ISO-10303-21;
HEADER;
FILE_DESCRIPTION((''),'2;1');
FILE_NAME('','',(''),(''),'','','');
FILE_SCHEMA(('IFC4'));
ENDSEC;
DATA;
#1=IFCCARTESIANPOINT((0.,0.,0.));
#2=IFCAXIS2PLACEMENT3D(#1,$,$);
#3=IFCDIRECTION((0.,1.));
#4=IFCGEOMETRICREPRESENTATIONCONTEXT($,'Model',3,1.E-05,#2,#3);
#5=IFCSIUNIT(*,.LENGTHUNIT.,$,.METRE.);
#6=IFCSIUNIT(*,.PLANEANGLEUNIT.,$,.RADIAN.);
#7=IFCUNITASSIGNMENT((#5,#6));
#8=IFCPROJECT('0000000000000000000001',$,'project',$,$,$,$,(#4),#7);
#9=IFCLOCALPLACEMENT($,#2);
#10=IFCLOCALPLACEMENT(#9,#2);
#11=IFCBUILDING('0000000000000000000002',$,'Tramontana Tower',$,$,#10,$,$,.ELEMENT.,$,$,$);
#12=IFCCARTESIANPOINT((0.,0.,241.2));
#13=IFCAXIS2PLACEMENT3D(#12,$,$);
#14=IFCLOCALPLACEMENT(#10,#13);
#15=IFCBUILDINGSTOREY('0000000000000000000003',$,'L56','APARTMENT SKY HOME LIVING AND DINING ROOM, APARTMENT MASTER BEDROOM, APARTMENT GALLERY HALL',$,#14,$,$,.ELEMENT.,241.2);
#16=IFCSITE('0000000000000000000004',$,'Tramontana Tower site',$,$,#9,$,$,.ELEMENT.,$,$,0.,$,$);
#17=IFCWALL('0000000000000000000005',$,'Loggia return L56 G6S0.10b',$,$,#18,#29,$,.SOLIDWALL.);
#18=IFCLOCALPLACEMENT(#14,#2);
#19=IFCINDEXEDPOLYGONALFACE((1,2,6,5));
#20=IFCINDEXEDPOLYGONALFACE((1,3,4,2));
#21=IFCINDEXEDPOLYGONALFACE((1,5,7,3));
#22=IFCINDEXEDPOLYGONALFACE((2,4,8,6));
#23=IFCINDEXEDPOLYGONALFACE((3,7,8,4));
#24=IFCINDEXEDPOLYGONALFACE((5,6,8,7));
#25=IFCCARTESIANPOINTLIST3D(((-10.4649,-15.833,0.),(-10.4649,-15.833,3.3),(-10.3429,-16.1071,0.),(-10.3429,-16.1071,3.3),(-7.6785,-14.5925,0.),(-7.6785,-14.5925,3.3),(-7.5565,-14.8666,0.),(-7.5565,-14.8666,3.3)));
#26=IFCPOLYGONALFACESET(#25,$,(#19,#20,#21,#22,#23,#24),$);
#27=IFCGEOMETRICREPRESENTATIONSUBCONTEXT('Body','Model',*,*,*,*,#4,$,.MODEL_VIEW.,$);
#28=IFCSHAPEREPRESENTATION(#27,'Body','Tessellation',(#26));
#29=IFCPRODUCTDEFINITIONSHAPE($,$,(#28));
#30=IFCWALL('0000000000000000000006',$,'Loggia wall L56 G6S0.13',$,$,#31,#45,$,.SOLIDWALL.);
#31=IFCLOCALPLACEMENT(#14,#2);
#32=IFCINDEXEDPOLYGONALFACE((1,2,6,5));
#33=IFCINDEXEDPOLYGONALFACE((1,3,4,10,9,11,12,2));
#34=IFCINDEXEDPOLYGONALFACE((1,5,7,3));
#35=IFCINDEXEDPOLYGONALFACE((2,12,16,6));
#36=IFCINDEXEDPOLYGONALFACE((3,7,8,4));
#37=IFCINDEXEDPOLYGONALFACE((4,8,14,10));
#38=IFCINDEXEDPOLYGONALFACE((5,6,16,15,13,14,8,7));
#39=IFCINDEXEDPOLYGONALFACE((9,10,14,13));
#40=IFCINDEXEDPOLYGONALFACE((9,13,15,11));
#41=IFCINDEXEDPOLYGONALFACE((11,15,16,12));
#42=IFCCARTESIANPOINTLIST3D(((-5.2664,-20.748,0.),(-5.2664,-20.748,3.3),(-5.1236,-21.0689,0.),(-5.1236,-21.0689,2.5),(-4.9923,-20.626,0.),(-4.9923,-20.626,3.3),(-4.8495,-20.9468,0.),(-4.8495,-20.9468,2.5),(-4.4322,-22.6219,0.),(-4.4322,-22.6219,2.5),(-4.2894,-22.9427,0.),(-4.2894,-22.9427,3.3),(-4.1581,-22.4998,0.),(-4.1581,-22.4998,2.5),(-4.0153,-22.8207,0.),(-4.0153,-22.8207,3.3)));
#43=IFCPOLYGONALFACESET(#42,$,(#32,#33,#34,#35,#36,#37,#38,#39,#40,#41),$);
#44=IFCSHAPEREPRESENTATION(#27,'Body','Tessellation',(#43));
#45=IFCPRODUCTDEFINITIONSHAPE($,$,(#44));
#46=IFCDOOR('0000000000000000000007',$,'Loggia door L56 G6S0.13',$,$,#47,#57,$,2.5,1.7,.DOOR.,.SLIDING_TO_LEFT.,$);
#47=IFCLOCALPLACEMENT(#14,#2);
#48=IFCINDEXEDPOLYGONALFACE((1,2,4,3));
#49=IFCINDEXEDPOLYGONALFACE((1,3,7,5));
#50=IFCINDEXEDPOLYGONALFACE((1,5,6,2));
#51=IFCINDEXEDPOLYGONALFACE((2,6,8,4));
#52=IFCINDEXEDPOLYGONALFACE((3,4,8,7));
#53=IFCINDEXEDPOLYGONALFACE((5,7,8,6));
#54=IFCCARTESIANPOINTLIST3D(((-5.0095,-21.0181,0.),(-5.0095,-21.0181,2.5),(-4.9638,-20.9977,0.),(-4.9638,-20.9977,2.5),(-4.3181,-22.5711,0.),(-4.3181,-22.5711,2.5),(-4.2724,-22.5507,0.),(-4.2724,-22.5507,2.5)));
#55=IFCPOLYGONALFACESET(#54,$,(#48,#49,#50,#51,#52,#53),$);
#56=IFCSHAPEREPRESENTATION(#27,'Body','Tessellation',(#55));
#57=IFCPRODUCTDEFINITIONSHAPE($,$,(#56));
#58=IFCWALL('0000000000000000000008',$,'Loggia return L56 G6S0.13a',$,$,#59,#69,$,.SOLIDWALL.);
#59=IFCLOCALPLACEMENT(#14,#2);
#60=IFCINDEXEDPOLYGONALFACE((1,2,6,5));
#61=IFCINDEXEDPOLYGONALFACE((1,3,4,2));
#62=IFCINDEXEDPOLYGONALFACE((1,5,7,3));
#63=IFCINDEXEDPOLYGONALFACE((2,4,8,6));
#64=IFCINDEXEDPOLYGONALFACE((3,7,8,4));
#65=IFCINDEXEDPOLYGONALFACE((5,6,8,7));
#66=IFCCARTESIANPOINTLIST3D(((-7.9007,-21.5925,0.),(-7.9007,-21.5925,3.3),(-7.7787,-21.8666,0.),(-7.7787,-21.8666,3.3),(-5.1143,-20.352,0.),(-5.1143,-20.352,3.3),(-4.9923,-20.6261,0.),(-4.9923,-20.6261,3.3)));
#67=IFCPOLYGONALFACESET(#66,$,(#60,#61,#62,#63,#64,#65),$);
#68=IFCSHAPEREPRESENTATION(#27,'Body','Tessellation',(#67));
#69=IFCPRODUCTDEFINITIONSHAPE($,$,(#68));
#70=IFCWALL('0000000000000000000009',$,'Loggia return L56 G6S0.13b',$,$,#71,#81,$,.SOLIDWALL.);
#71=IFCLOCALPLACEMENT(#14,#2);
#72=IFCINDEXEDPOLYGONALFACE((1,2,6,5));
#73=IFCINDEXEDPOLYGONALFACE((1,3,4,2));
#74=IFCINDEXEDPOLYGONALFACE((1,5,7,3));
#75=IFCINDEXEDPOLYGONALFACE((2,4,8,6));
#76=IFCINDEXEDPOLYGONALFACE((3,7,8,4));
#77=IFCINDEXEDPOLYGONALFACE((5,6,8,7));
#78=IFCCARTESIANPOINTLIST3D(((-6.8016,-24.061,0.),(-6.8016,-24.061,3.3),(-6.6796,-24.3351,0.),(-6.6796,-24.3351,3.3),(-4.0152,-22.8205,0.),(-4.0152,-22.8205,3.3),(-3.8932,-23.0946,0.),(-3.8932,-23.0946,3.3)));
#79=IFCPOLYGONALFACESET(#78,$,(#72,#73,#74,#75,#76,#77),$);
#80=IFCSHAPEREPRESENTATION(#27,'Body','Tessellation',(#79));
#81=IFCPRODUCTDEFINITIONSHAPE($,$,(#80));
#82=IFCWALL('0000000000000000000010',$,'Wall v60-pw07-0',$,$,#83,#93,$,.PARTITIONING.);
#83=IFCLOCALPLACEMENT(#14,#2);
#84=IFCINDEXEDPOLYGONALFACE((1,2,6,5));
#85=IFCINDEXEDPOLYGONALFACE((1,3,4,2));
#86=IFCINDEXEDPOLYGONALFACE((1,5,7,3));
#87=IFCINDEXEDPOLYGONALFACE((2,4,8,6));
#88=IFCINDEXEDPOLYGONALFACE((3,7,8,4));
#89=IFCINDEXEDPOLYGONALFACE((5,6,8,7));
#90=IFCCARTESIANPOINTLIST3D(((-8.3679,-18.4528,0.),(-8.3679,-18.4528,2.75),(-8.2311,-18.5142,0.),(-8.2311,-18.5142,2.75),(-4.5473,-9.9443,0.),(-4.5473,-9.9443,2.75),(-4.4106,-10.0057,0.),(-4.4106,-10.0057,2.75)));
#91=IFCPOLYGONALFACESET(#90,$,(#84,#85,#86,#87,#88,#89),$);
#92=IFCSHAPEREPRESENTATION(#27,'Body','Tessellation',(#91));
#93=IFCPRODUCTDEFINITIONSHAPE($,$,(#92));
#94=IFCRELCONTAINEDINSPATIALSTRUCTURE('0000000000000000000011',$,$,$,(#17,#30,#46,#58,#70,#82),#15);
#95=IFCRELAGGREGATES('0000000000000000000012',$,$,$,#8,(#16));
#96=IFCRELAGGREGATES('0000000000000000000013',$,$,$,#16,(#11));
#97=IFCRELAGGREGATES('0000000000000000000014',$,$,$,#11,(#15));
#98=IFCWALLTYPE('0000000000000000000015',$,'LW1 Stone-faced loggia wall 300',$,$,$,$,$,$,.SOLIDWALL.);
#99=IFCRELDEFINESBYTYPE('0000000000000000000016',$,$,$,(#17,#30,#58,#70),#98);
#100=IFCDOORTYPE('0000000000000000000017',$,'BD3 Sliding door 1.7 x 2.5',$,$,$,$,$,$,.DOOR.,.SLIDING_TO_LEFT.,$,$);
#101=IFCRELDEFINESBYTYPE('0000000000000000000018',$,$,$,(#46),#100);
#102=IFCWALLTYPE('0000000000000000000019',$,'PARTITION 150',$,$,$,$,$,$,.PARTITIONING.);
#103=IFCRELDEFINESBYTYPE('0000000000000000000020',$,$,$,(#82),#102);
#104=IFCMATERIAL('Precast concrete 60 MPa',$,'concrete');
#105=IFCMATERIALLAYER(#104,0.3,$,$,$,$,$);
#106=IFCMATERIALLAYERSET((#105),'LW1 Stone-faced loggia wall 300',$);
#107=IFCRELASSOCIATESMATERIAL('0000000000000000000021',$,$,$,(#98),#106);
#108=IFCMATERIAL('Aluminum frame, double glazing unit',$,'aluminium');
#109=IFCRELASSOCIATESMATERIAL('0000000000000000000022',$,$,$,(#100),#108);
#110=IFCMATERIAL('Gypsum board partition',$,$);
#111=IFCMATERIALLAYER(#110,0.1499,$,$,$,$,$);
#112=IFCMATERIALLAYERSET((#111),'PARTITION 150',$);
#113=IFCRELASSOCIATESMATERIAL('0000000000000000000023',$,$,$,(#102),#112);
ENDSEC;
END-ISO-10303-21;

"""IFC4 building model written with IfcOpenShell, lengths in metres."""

from ifc_helpers import new_model, si_unit, direction, frame, frame_2d, origin, place, context, subcontext, project, spatial, rectangle, extrude, material, layer, layer_set, type_object, element, fill, save


model = new_model("IFC4")

# Units and contexts
model_context = context("Model", 3, precision=1e-05, world=origin(), true_north=direction((0.0, 1.0)))
body_context = subcontext(model_context, "Body", "Model", "MODEL_VIEW")
ifc_project = project(units=[si_unit("LENGTHUNIT", "METRE"), si_unit("PLANEANGLEUNIT", "RADIAN")], contexts=[model_context])

# Site, building, storey
site_placement = place(None, origin())
site = spatial("IfcSite", under=ifc_project, at=site_placement, Name="Tramontana Tower site", CompositionType="ELEMENT", RefElevation=0.0)
building_placement = place(site_placement, origin())
building = spatial("IfcBuilding", under=site, at=building_placement, Name="Tramontana Tower", CompositionType="ELEMENT")
storey_placement = place(building_placement, frame((0.0, 0.0, 241.2)))
storey = spatial("IfcBuildingStorey", under=building, at=storey_placement, Name="L56", Description="APARTMENT SKY HOME LIVING AND DINING ROOM, APARTMENT MASTER BEDROOM, APARTMENT GALLERY HALL", CompositionType="ELEMENT", Elevation=241.2)

# Wall
ifc_material_1 = material(Name="Precast concrete 60 MPa", Category="concrete")
ifc_layer_1 = layer(ifc_material_1, 0.3)
ifc_layer_set_1 = layer_set([ifc_layer_1], Name="LW1 Stone-faced loggia wall 300")
wall_type_1 = type_object("IfcWallType", Name="LW1 Stone-faced loggia wall 300", PredefinedType="SOLIDWALL", material=ifc_layer_set_1)
wall_1_placement = place(storey_placement, frame((-10.4038, -15.97, 0.0), z_axis=(0.0, 0.0, 1.0), x_axis=(0.913557, 0.40671, 0.0)))
element("IfcWall", 1, at=wall_1_placement, inside=storey, type_object=wall_type_1, Name="Loggia return L56 G6S0.10b", PredefinedType="SOLIDWALL", context=body_context, shape_type="SweptSolid", body=[
    extrude(rectangle(XDim=3.05, YDim=0.3, at=frame_2d((1.5249, 0.0))), origin(), (0.0, 0.0, 1.0), 3.3),
])

# Wall, opening, door
wall_2_placement = place(storey_placement, frame((-5.1294, -20.687, 0.0), z_axis=(0.0, 0.0, 1.0), x_axis=(0.406723, -0.913552, 0.0)))
wall_2 = element("IfcWall", 2, at=wall_2_placement, inside=storey, type_object=wall_type_1, Name="Loggia wall L56 G6S0.13", PredefinedType="SOLIDWALL", context=body_context, shape_type="SweptSolid", body=[
    extrude(rectangle(XDim=2.4023, YDim=0.3, at=frame_2d((1.2012, 0.0))), origin(), (0.0, 0.0, 1.0), 3.3),
])
opening_1_placement = place(wall_2_placement, frame((0.3511, 0.0, 0.0)))
opening_1 = element("IfcOpeningElement", 3, at=opening_1_placement, cuts=wall_2, PredefinedType="OPENING", context=body_context, shape_type="SweptSolid", body=[
    extrude(rectangle(XDim=1.7, YDim=2.5, at=frame_2d((0.8501, 1.25))), frame((0.0, 0.1599, 0.0), z_axis=(0.0, -1.0, 0.0), x_axis=(1.0, 0.0, 0.0)), (0.0, 0.0, 1.0), 0.3201),
])
ifc_material_2 = material(Name="Aluminum frame, double glazing unit", Category="aluminium")
door_type_1 = type_object("IfcDoorType", Name="BD3 Sliding door 1.7 x 2.5", OperationType="SLIDING_TO_LEFT", PredefinedType="DOOR", material=ifc_material_2)
door_1_placement = place(opening_1_placement, origin())
door_1 = element("IfcDoor", 4, at=door_1_placement, inside=storey, type_object=door_type_1, Name="Loggia door L56 G6S0.13", OperationType="SLIDING_TO_LEFT", OverallHeight=2.5, OverallWidth=1.7, PredefinedType="DOOR", context=body_context, shape_type="SweptSolid", body=[
    extrude(rectangle(XDim=1.7, YDim=2.5, at=frame_2d((0.8501, 1.25))), frame((0.0, 0.0249, 0.0), z_axis=(0.0, -1.0, 0.0), x_axis=(1.0, 0.0, 0.0)), (0.0, 0.0, 1.0), 0.05),
])
fill(opening_1, door_1)

# Walls
for number, where, z_axis, x_axis, name in (
    (5, (-7.8396, -21.7295, 0.0), (0.0, 0.0, 1.0), (0.913557, 0.40671, 0.0), "Loggia return L56 G6S0.13a"),
    (6, (-6.7405, -24.198, 0.0), (0.0, 0.0, 1.0), (0.913557, 0.40671, 0.0), "Loggia return L56 G6S0.13b"),
):
    element("IfcWall", number, at=place(storey_placement, frame(where, z_axis=z_axis, x_axis=x_axis)), inside=storey, type_object=wall_type_1, Name=name, PredefinedType="SOLIDWALL", context=body_context, shape_type="SweptSolid", body=[
        extrude(rectangle(XDim=3.05, YDim=0.3, at=frame_2d((1.5249, 0.0))), origin(), (0.0, 0.0, 1.0), 3.3),
    ])
ifc_material_3 = material(Name="Gypsum board partition")
ifc_layer_2 = layer(ifc_material_3, 0.1499)
ifc_layer_set_2 = layer_set([ifc_layer_2], Name="PARTITION 150")
wall_type_2 = type_object("IfcWallType", Name="PARTITION 150", PredefinedType="PARTITIONING", material=ifc_layer_set_2)
wall_3_placement = place(storey_placement, frame((-8.2996, -18.4836, 0.0), z_axis=(0.0, 0.0, 1.0), x_axis=(0.409626, 0.912254, 0.0)))
element("IfcWall", 7, at=wall_3_placement, inside=storey, type_object=wall_type_2, Name="Wall v60-pw07-0", PredefinedType="PARTITIONING", context=body_context, shape_type="SweptSolid", body=[
    extrude(rectangle(XDim=9.3269, YDim=0.1499, at=frame_2d((4.6636, 0.0))), origin(), (0.0, 0.0, 1.0), 2.75),
])

save(model, "model.ifc")
